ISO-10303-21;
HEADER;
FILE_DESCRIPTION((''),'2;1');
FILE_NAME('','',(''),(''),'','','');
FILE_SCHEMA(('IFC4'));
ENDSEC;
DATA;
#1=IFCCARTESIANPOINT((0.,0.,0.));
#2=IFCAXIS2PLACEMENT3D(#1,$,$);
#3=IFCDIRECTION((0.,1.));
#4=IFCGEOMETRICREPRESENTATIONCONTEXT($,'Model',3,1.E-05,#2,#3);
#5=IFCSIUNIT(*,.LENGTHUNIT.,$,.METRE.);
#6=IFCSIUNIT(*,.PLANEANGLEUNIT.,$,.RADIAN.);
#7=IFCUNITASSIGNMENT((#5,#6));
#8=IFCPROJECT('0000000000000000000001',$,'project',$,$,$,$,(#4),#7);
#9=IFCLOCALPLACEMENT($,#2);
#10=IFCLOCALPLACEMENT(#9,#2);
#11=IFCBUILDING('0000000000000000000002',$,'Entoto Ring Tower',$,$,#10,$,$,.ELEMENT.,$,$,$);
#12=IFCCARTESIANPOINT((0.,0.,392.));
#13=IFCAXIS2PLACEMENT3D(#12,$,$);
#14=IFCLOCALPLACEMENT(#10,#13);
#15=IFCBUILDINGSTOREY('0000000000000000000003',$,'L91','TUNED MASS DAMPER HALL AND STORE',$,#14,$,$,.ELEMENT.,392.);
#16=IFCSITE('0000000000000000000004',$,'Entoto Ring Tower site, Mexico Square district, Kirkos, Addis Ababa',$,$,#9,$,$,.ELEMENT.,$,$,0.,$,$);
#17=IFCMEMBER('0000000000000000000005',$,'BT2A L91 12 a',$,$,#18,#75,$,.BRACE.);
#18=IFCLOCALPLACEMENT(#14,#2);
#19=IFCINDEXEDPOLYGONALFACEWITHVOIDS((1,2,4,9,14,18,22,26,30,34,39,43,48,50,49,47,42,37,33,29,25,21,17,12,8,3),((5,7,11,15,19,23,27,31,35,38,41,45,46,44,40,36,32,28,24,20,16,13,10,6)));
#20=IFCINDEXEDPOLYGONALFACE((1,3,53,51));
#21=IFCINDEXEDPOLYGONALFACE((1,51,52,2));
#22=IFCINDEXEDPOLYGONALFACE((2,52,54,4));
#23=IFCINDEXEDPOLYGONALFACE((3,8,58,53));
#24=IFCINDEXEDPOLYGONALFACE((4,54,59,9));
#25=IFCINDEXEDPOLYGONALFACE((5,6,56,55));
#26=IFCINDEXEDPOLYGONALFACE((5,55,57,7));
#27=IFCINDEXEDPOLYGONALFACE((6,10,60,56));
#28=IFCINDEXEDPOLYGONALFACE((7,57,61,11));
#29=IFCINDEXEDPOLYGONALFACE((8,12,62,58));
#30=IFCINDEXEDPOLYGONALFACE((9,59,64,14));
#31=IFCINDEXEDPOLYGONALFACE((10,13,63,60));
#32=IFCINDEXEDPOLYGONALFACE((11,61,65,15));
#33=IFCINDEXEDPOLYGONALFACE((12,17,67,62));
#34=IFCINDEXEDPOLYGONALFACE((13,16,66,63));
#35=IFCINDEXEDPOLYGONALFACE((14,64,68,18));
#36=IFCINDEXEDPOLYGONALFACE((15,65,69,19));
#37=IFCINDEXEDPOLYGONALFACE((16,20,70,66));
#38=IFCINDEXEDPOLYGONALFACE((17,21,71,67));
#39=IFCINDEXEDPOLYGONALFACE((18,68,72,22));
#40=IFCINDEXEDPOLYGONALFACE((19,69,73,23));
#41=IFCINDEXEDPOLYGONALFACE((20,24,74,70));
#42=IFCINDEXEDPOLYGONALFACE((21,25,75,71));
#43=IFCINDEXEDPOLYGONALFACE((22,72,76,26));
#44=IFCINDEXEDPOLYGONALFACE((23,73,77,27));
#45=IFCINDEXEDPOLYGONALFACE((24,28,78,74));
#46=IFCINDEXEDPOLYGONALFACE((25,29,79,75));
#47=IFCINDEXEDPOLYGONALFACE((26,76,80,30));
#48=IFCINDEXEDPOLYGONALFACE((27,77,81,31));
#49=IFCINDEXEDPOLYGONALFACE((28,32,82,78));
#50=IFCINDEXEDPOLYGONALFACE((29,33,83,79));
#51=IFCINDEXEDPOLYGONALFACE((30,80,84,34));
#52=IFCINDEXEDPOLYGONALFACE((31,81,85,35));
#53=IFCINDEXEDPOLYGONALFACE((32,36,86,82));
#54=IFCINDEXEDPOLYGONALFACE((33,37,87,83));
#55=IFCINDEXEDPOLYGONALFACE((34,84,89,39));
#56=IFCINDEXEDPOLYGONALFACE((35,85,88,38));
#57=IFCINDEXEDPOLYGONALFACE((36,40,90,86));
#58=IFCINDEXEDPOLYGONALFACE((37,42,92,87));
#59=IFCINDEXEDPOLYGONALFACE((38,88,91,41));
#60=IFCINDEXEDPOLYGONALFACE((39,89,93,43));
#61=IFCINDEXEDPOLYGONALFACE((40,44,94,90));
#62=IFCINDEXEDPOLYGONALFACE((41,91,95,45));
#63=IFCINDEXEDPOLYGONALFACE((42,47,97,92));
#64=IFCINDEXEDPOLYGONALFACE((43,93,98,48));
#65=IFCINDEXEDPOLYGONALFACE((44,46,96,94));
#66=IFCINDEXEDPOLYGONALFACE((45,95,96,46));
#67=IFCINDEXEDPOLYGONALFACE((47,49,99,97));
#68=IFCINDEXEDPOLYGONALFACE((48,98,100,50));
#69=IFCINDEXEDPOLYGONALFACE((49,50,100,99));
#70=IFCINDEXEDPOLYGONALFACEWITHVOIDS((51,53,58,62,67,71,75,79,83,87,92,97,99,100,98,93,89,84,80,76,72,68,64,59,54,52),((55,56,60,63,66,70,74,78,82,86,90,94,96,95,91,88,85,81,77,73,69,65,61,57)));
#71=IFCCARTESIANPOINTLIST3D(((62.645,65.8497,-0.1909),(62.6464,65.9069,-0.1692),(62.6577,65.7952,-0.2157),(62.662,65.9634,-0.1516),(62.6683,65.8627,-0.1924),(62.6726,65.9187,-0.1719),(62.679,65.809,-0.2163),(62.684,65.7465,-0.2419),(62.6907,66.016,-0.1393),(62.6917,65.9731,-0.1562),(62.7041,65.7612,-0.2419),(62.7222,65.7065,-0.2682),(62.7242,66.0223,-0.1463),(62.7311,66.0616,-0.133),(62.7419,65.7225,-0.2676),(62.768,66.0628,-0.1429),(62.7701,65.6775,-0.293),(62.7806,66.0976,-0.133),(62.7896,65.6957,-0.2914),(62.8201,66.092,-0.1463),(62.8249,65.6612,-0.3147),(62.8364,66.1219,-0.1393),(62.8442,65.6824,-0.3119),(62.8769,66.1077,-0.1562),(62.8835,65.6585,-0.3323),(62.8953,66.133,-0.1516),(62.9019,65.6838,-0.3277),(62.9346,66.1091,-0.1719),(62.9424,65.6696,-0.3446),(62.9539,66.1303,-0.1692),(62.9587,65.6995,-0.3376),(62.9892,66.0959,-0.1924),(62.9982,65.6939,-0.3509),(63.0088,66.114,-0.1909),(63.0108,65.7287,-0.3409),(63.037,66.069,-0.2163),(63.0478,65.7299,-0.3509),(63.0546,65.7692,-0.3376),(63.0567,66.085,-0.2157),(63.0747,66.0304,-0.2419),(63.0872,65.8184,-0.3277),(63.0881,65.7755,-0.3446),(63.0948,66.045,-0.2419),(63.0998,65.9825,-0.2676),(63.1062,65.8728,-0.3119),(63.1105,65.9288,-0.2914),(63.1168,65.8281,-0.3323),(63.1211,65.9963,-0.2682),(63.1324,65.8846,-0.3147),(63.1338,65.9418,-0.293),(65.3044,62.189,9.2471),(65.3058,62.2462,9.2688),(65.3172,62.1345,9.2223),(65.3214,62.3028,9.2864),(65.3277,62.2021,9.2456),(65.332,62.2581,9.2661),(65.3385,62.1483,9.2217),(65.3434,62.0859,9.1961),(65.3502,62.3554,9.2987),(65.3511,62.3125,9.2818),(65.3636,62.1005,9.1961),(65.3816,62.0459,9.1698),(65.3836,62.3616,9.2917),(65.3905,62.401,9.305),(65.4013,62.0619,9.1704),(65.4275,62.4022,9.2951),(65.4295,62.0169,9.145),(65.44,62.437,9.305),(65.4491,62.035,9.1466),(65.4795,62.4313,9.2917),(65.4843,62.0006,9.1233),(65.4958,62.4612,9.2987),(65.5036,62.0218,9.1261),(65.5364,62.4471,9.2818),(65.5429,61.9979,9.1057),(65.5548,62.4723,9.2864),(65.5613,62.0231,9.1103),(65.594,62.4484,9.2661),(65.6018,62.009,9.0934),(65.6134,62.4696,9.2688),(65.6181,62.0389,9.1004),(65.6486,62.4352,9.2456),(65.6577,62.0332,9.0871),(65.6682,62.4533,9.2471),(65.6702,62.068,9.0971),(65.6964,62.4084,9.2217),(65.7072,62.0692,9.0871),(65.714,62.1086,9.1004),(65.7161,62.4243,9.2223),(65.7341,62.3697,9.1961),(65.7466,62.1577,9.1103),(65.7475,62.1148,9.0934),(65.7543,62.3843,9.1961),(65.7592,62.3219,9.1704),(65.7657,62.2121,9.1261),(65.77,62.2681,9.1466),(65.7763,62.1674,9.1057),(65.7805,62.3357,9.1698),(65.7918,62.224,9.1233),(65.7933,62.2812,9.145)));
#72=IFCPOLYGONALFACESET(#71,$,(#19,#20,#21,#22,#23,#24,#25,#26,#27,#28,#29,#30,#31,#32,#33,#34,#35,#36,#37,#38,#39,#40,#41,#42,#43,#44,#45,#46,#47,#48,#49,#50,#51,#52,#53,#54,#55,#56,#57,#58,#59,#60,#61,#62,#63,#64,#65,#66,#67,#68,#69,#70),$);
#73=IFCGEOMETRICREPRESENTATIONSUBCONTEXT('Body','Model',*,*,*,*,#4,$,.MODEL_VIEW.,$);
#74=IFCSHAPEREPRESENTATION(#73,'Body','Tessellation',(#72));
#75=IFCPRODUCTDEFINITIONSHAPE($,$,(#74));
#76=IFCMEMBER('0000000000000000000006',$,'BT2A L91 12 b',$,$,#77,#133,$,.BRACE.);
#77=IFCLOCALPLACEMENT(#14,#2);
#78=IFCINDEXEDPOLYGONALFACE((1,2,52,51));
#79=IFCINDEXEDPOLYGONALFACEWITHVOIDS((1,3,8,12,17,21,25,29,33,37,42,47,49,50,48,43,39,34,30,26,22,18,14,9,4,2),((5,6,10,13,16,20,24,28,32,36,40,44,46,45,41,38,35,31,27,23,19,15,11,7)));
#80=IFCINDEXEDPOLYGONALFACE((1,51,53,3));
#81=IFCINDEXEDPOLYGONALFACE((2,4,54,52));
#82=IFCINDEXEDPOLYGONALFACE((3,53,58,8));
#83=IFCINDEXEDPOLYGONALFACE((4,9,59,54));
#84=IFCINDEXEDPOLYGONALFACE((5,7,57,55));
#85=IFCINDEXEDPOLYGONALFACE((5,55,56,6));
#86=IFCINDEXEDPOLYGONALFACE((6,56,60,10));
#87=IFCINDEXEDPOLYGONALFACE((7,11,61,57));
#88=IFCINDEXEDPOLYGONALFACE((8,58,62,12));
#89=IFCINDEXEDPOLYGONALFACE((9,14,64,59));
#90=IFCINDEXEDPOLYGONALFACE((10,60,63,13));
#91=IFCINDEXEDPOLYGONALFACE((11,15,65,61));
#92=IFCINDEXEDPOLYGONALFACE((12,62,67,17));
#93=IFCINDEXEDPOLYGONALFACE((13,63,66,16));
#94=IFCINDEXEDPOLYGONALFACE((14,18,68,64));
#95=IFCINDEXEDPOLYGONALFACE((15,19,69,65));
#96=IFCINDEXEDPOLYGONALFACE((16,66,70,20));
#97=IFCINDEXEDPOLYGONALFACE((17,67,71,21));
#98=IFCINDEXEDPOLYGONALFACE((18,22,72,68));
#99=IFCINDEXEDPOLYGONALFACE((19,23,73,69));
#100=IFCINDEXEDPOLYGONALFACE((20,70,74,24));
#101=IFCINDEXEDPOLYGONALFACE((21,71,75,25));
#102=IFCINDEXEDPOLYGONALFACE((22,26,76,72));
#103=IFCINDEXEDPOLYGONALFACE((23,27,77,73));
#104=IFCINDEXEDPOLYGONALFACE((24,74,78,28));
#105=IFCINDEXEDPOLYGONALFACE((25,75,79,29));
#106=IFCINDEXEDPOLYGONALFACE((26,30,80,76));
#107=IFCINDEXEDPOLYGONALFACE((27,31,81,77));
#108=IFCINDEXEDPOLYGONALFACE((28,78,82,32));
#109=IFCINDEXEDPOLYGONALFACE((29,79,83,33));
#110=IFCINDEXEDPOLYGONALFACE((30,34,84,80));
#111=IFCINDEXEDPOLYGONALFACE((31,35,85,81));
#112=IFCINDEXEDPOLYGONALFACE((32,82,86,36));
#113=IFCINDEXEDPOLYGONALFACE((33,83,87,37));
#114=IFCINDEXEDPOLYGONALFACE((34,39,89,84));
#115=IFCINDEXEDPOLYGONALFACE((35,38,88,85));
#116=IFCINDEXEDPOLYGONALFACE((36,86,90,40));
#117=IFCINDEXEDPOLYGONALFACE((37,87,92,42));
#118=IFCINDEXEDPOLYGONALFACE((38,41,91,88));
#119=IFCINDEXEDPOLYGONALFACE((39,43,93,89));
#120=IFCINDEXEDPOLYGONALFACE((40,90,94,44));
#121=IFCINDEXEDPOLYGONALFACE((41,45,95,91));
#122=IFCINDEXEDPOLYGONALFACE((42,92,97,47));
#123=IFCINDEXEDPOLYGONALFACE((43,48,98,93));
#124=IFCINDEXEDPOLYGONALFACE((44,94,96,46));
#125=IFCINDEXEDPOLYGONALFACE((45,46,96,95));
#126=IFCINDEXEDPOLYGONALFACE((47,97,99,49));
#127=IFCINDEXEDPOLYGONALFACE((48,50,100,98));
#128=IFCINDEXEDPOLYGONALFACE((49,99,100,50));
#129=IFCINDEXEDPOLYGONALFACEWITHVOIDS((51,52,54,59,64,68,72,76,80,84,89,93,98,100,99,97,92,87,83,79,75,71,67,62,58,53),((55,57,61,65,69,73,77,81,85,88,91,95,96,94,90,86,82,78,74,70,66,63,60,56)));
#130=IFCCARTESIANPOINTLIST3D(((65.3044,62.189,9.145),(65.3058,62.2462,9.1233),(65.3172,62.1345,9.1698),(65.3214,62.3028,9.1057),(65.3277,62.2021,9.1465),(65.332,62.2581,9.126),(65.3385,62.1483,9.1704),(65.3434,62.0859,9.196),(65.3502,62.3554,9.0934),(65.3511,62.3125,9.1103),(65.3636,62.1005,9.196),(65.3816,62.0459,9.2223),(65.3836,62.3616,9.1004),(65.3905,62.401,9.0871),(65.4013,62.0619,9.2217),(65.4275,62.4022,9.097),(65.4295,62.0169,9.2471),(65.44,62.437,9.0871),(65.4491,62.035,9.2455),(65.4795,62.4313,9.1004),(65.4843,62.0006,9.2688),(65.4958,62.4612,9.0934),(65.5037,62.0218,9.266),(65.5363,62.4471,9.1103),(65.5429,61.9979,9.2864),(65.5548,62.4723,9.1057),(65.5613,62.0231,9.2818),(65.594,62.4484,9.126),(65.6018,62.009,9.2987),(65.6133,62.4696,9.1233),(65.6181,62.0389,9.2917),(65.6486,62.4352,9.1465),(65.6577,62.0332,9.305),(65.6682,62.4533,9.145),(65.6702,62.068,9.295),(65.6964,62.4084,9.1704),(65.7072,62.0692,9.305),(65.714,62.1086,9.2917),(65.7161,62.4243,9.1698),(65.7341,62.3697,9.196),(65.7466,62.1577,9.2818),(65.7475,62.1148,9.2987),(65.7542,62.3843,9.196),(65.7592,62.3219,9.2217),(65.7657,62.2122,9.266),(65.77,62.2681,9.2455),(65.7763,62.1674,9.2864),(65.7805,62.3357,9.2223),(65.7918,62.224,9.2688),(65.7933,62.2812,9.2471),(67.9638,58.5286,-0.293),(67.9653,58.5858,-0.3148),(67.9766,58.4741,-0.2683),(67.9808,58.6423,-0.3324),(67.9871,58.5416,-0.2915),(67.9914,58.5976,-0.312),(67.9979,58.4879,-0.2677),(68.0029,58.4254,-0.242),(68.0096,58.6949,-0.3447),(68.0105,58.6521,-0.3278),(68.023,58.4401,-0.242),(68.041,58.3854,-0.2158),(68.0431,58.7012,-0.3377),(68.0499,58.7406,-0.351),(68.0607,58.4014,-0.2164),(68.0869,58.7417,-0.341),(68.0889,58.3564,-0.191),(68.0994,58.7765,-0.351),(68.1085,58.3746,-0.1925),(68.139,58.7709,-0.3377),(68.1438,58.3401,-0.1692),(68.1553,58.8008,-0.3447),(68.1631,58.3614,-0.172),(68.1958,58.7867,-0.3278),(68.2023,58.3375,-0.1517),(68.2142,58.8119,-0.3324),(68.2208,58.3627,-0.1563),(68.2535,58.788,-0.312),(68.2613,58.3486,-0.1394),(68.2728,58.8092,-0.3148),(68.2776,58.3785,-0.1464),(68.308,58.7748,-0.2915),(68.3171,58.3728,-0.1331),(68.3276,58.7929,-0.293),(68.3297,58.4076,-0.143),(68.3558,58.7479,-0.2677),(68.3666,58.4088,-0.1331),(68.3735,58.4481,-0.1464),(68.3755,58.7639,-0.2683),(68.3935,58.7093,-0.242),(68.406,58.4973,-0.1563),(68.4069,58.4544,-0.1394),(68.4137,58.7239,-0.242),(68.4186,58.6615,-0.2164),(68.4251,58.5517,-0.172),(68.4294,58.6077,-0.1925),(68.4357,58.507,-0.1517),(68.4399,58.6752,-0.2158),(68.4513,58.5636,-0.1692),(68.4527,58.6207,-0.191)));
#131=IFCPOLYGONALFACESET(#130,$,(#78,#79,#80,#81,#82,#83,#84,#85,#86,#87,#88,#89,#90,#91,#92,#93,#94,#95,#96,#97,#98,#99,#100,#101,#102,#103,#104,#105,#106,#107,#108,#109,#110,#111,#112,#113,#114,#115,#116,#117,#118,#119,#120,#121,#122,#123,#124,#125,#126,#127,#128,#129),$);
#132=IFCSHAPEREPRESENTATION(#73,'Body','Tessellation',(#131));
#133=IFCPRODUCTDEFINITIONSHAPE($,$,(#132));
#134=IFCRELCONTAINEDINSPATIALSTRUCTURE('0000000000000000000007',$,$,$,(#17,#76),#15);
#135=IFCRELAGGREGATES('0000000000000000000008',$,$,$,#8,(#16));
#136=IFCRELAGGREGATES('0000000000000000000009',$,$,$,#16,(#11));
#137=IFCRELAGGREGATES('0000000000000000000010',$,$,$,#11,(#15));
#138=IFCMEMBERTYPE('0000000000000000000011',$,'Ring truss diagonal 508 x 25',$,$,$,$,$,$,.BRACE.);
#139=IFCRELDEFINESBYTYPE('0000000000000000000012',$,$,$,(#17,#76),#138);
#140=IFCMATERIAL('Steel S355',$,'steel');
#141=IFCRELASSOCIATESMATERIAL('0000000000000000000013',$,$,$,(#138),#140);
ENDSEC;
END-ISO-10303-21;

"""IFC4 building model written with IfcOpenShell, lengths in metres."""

from ifc_helpers import new_model, si_unit, direction, frame, origin, origin_2d, place, context, subcontext, project, spatial, circle, hollow_circle, extrude, material, material_profile, profile_set, type_object, element, save


model = new_model("IFC4")

# Units and contexts
model_context = context("Model", 3, precision=1e-05, world=origin(), true_north=direction((0.0, 1.0)))
body_context = subcontext(model_context, "Body", "Model", "MODEL_VIEW")
ifc_project = project(units=[si_unit("LENGTHUNIT", "METRE"), si_unit("PLANEANGLEUNIT", "RADIAN")], contexts=[model_context])

# Site, building, storey
site_placement = place(None, origin())
site = spatial("IfcSite", under=ifc_project, at=site_placement, Name="Entoto Ring Tower site, Mexico Square district, Kirkos, Addis Ababa", CompositionType="ELEMENT", RefElevation=0.0)
building_placement = place(site_placement, origin())
building = spatial("IfcBuilding", under=site, at=building_placement, Name="Entoto Ring Tower", CompositionType="ELEMENT")
storey_placement = place(building_placement, frame((0.0, 0.0, 392.0)))
storey = spatial("IfcBuildingStorey", under=building, at=storey_placement, Name="L91", Description="TUNED MASS DAMPER HALL AND STORE", CompositionType="ELEMENT", Elevation=392.0)

# Members
ifc_material_1 = material(Name="Steel S355", Category="steel")
ifc_material_profile_1 = material_profile(ifc_material_1, hollow_circle(Radius=0.2539, WallThickness=0.0249, at=origin_2d()), Name="CHS 508 x 25")
ifc_material_2 = material(Name="Concrete C60/75", Category="concrete")
ifc_material_profile_2 = material_profile(ifc_material_2, circle(Radius=0.229, at=origin_2d()), Name="Concrete C60/75 infill")
ifc_profile_set_1 = profile_set([ifc_material_profile_1, ifc_material_profile_2], Name="Steel S355")
member_type_1 = type_object("IfcMemberType", Name="Ring truss diagonal 508 x 25", PredefinedType="BRACE", material=ifc_profile_set_1)
for number, where, z_axis, x_axis, name in (
    (1, (62.8894, 65.8958, -0.2419), (0.254088, -0.349747, 0.901729), (0.809037, 0.587758, 0.0), "BT2A L91 12 a"),
    (2, (65.5488, 62.2351, 9.196), (0.25409, -0.349727, -0.901737), (0.809018, 0.587783, 0.0), "BT2A L91 12 b"),
):
    element("IfcMember", number, at=place(storey_placement, frame(where, z_axis=z_axis, x_axis=x_axis)), inside=storey, type_object=member_type_1, Name=name, PredefinedType="BRACE", context=body_context, shape_type="SweptSolid", body=[
        extrude(hollow_circle(Radius=0.2539, WallThickness=0.0249, at=origin_2d()), origin(), (0.0, 0.0, 1.0), 10.4666),
    ])

save(model, "model.ifc")
